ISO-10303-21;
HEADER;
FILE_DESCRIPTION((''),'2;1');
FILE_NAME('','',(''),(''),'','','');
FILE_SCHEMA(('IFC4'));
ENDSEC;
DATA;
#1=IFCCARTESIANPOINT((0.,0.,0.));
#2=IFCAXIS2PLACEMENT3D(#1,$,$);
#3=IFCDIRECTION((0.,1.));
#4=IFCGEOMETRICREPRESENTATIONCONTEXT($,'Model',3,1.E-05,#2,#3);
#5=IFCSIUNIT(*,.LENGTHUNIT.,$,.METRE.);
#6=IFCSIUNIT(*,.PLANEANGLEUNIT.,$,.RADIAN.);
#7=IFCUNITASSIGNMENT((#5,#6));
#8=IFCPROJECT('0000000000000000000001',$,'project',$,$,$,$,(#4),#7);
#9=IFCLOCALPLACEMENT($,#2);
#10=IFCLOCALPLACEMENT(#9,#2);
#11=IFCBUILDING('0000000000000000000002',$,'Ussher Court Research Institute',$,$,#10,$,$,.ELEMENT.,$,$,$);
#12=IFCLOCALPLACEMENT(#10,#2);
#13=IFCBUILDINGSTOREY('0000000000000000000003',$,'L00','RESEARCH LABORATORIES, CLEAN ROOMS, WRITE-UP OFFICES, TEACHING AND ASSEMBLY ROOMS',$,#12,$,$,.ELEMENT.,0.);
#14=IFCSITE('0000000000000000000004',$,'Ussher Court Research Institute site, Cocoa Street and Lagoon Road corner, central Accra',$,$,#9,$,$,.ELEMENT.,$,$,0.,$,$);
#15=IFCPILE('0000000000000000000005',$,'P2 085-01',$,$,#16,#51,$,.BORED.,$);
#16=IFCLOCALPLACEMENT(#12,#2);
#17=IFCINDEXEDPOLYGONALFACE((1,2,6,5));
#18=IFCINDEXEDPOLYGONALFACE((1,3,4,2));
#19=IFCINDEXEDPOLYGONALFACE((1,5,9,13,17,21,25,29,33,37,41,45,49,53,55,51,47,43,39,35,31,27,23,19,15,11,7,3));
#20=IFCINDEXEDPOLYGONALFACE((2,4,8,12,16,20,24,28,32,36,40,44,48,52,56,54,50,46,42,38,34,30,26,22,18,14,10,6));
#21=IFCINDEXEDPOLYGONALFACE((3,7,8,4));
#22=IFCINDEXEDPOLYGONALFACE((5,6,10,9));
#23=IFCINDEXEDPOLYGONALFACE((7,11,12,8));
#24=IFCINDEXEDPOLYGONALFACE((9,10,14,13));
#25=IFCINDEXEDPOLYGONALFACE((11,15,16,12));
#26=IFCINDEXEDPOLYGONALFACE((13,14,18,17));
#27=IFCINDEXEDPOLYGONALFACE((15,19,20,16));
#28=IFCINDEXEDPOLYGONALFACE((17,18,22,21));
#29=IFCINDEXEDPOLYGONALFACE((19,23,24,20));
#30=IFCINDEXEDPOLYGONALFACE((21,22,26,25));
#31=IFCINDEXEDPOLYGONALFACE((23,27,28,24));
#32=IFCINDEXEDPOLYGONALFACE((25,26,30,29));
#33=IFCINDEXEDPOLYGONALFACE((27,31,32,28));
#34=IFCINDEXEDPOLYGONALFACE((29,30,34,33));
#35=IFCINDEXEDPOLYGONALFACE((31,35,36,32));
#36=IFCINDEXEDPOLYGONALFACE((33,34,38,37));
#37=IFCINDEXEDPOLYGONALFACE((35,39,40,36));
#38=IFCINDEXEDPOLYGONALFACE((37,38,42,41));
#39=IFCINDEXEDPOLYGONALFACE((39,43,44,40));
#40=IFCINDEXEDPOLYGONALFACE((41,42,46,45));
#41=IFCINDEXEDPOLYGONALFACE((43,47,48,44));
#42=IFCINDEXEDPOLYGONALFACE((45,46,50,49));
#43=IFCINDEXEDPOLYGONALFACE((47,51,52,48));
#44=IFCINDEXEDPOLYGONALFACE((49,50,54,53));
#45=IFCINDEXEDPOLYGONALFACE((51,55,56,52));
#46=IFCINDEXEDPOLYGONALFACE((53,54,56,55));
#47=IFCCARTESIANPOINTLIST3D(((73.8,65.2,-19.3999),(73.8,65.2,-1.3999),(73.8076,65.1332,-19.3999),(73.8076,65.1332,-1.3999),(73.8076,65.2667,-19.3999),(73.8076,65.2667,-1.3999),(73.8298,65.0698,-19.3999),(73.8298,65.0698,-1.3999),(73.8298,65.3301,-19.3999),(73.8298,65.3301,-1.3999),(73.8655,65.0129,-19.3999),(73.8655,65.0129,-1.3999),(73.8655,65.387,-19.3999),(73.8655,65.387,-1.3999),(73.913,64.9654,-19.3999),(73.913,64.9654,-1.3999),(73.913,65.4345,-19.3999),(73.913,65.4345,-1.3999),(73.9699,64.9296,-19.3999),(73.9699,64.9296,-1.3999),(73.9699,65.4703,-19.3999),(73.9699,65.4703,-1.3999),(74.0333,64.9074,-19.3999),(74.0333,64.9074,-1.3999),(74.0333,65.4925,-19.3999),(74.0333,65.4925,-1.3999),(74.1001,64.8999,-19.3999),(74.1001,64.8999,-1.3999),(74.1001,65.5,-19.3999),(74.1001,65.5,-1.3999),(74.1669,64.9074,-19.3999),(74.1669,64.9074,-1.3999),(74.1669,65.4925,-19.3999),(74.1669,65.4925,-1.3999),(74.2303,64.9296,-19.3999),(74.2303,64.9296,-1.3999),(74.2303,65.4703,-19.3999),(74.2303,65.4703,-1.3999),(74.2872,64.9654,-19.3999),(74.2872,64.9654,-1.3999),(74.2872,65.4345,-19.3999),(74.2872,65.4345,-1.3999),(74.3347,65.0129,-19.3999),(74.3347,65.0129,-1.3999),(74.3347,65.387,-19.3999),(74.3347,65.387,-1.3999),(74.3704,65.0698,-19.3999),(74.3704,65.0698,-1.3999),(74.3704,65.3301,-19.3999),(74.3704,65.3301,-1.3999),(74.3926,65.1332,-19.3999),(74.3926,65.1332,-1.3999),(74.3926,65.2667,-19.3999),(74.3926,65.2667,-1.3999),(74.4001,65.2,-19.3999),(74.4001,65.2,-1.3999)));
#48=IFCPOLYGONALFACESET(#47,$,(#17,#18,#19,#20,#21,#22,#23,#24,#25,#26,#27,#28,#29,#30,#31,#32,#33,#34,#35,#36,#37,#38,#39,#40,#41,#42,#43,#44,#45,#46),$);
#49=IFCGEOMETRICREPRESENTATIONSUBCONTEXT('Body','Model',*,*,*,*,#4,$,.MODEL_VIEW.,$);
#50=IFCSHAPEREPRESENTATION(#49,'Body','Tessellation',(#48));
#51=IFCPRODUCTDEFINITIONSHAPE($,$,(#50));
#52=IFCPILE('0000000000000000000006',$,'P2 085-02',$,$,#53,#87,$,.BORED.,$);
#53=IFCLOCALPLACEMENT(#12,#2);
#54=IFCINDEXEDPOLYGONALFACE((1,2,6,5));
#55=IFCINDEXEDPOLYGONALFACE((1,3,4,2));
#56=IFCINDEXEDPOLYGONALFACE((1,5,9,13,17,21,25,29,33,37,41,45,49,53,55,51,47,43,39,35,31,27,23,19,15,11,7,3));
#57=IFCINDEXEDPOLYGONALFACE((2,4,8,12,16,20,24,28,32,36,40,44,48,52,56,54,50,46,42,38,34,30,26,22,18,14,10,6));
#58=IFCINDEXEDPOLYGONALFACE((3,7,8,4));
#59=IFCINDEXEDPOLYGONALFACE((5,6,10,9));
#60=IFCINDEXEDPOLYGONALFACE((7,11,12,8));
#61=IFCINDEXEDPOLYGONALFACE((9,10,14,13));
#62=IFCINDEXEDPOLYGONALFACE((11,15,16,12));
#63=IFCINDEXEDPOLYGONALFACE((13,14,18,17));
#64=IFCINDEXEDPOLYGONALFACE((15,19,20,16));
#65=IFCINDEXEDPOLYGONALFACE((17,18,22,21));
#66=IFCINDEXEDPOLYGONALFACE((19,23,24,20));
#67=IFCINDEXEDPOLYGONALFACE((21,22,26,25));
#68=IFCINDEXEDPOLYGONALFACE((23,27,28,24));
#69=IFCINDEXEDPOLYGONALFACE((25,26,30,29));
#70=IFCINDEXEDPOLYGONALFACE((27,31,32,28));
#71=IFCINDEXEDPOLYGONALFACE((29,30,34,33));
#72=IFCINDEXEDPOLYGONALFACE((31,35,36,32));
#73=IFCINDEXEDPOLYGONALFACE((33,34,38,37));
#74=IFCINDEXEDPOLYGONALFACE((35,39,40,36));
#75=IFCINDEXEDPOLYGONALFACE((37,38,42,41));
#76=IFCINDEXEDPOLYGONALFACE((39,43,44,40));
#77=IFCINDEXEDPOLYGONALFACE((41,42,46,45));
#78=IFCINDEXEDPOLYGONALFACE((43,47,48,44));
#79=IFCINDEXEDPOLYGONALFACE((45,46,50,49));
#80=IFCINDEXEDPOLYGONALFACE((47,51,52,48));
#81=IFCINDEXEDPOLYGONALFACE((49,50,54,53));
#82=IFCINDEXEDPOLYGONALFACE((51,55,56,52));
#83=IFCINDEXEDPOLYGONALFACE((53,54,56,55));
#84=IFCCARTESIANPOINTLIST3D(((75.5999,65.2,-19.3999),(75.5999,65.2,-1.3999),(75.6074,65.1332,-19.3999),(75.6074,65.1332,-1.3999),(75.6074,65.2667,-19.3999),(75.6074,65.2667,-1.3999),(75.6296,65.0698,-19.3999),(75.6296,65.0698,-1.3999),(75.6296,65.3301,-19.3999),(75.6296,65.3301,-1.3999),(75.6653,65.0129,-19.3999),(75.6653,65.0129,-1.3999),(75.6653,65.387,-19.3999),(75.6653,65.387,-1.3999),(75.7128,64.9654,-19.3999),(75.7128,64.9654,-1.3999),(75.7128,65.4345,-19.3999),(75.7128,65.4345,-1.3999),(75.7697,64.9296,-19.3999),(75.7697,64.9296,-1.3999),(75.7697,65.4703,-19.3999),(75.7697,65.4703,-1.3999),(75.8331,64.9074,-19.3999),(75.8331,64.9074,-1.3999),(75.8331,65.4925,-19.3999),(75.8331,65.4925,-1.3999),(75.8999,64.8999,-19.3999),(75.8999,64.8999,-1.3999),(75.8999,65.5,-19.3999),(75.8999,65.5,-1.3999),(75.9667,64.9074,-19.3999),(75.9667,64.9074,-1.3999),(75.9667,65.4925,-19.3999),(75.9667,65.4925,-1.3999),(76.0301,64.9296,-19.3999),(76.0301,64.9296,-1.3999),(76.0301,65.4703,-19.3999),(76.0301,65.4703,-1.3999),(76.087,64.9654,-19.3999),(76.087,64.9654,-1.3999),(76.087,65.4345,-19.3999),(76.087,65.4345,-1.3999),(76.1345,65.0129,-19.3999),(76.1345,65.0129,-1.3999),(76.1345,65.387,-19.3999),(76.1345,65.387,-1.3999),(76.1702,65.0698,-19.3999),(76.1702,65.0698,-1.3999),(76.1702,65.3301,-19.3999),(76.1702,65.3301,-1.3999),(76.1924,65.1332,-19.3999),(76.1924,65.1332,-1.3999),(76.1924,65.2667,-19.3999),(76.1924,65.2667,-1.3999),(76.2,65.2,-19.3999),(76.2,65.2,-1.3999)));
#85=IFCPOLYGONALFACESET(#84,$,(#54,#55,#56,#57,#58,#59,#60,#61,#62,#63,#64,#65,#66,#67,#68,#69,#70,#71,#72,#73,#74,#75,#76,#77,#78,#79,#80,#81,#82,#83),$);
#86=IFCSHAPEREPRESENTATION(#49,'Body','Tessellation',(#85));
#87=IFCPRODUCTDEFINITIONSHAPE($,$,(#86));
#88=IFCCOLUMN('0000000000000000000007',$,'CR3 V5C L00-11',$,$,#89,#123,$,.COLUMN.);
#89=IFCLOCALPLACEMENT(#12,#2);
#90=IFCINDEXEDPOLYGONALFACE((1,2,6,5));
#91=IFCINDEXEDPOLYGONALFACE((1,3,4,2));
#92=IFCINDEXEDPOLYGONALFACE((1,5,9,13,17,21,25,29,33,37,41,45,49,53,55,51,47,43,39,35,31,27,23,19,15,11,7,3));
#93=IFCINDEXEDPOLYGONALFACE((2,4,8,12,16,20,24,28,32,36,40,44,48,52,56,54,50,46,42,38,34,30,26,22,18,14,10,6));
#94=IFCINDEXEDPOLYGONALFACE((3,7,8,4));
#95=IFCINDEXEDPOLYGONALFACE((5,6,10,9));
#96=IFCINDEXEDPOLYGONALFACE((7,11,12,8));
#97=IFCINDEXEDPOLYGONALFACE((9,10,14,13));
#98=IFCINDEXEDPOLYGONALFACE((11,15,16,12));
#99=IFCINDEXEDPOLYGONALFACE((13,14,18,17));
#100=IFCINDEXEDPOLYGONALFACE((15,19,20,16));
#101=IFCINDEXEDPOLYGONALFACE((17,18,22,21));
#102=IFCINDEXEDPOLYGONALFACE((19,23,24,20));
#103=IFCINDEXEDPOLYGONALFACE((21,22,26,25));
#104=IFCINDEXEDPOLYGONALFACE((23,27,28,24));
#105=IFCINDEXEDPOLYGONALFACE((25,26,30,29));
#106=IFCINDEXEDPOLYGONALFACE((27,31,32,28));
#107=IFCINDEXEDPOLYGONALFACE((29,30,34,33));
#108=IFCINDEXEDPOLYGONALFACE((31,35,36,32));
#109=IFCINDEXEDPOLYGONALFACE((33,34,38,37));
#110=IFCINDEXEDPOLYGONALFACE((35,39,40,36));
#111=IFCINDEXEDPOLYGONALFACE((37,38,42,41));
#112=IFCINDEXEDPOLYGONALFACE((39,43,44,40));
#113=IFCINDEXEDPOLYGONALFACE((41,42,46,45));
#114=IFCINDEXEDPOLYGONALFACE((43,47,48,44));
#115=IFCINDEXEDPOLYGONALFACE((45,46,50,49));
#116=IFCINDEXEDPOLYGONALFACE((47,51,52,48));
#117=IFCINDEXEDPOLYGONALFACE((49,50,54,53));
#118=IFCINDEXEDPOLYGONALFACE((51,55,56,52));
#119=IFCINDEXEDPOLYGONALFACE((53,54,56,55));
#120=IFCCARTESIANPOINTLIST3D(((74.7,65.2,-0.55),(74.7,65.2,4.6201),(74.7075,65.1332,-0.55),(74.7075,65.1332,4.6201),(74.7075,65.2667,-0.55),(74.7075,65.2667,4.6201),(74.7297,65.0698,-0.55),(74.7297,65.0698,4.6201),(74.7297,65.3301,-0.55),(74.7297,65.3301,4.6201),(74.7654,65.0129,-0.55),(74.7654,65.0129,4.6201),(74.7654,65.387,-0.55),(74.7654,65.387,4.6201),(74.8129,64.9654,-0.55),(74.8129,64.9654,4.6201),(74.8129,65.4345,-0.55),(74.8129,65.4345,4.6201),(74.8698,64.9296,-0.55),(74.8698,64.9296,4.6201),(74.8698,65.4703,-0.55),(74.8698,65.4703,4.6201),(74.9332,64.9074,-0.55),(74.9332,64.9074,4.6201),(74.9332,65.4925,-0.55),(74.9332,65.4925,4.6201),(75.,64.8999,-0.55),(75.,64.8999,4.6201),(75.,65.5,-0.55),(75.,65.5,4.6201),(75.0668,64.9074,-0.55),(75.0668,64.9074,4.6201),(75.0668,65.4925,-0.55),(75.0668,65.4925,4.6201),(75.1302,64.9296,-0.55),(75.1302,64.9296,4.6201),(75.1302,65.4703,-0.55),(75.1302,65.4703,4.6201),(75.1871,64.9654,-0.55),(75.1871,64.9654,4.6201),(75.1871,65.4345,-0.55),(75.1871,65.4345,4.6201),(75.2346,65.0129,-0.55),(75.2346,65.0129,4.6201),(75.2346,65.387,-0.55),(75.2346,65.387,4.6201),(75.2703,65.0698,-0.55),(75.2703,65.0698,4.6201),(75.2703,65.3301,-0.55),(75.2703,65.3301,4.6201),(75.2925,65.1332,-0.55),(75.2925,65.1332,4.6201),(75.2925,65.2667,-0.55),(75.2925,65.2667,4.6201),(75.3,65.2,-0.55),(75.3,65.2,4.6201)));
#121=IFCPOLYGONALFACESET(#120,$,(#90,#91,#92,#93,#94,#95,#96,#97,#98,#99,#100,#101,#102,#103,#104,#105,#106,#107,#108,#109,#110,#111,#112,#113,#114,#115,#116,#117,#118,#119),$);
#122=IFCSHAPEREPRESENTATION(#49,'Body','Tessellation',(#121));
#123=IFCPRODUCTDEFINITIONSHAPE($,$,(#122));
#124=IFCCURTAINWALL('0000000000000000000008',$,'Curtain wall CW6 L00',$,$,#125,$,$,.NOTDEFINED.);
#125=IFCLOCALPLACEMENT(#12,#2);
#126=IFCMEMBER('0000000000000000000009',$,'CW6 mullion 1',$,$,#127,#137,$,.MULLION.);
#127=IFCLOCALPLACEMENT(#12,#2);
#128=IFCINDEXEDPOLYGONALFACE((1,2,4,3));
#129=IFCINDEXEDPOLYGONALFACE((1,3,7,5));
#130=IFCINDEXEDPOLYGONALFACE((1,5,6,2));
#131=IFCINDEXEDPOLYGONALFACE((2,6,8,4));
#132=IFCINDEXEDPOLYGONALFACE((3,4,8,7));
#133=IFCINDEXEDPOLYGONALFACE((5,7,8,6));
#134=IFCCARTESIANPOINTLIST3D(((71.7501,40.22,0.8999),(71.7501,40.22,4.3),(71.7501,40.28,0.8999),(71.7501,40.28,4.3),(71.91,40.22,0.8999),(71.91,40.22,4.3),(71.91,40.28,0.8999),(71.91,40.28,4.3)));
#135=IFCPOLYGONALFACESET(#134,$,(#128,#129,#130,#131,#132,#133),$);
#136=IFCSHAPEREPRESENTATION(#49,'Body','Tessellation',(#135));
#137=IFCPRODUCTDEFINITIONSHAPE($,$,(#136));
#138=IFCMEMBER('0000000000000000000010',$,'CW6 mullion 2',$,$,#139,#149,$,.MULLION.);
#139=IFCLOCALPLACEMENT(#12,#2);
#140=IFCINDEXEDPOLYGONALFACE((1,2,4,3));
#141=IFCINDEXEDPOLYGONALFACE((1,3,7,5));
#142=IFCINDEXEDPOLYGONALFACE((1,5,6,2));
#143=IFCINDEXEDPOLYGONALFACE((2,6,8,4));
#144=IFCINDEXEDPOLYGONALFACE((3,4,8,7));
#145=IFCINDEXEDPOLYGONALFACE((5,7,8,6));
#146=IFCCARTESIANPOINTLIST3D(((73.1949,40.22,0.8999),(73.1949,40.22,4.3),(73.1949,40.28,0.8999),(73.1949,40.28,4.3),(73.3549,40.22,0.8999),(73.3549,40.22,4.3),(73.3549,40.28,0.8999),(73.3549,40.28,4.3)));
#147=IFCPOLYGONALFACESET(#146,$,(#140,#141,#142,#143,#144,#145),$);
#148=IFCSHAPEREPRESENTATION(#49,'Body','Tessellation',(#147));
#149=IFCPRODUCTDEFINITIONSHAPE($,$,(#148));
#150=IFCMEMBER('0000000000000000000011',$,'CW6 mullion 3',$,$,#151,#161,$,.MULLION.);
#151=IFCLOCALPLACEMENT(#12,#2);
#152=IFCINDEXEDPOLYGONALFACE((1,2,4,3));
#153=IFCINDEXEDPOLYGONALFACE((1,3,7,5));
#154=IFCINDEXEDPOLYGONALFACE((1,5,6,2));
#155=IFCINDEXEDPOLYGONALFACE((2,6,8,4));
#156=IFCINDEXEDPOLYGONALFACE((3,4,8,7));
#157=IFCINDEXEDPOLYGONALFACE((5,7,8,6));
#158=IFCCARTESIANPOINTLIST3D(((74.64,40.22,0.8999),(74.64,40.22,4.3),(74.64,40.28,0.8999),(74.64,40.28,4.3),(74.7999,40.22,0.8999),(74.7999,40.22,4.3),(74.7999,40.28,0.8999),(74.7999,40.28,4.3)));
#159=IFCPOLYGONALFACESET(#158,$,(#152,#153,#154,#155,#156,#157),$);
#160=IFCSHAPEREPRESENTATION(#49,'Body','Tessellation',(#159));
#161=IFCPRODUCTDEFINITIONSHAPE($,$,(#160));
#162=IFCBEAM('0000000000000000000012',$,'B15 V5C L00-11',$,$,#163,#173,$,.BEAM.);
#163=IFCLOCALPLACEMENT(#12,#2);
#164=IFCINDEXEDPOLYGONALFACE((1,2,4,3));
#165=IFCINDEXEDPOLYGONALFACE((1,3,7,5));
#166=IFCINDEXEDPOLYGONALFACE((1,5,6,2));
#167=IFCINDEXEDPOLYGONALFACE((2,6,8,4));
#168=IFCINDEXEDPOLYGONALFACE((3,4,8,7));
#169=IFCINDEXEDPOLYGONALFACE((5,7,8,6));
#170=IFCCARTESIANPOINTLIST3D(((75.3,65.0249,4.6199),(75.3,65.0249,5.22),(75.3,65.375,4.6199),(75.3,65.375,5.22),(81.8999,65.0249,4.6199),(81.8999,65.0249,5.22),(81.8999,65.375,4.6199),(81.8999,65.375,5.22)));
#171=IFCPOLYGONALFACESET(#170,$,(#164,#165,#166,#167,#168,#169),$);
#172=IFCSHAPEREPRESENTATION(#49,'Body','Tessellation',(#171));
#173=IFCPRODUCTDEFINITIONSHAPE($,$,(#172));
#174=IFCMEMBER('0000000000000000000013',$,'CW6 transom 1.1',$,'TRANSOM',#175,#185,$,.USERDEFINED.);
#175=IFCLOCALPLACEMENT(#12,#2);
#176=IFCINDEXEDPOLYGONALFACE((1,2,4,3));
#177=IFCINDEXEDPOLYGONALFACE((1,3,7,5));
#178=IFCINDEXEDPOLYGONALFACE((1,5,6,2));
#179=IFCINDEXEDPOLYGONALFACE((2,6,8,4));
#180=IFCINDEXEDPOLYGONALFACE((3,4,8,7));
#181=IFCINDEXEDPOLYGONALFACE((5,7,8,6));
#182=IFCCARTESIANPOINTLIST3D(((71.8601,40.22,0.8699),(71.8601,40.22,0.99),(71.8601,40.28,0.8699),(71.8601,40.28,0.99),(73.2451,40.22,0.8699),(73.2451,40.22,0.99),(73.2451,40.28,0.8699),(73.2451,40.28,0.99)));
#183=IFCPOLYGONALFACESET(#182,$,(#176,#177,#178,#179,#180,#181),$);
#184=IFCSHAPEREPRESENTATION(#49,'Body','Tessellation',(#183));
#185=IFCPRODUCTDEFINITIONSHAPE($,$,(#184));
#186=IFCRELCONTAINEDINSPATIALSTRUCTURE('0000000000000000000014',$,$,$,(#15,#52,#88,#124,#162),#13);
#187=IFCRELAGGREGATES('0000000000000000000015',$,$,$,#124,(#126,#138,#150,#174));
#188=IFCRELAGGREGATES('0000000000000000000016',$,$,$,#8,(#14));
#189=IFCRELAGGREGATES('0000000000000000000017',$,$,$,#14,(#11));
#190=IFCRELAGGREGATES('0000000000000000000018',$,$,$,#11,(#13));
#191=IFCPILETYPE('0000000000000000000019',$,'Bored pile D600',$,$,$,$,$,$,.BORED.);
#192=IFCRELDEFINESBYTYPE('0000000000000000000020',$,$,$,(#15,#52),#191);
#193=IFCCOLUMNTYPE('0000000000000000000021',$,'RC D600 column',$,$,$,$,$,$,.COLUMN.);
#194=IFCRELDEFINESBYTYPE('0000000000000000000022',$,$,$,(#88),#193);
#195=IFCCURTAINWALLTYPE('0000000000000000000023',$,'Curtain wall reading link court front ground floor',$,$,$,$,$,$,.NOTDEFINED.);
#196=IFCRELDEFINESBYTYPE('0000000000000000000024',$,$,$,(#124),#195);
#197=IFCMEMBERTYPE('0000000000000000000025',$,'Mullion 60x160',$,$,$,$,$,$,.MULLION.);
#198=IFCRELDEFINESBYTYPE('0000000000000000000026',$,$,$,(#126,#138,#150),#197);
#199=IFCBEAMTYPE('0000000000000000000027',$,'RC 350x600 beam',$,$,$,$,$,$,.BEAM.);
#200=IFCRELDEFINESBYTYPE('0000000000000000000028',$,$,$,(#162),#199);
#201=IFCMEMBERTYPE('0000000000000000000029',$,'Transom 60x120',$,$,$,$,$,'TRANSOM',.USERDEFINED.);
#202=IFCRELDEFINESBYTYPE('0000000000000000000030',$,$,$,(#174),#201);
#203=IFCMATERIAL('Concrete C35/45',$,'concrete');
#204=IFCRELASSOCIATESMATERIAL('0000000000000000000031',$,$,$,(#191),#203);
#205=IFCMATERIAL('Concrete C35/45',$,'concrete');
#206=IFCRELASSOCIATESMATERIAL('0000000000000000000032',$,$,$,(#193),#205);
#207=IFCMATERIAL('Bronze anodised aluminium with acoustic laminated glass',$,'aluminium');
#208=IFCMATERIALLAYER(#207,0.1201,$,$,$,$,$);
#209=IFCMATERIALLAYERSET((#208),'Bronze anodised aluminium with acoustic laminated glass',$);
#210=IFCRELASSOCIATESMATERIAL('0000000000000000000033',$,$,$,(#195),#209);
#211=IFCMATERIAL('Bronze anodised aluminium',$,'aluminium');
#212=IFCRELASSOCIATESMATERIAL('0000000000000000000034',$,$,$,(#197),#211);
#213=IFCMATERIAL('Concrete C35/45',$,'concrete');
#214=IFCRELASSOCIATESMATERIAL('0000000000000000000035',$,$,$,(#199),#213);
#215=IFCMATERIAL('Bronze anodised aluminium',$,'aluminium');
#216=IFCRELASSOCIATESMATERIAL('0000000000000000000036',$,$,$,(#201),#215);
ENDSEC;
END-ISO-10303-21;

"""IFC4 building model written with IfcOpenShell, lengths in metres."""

from ifc_helpers import new_model, si_unit, direction, frame, origin, origin_2d, place, context, subcontext, project, spatial, rectangle, circle, extrude, material, layer, layer_set, material_profile, profile_set, type_object, element, aggregate, save


model = new_model("IFC4")

# Units and contexts
model_context = context("Model", 3, precision=1e-05, world=origin(), true_north=direction((0.0, 1.0)))
body_context = subcontext(model_context, "Body", "Model", "MODEL_VIEW")
ifc_project = project(units=[si_unit("LENGTHUNIT", "METRE"), si_unit("PLANEANGLEUNIT", "RADIAN")], contexts=[model_context])

# Site, building, storey
site_placement = place(None, origin())
site = spatial("IfcSite", under=ifc_project, at=site_placement, Name="Ussher Court Research Institute site, Cocoa Street and Lagoon Road corner, central Accra", CompositionType="ELEMENT", RefElevation=0.0)
building_placement = place(site_placement, origin())
building = spatial("IfcBuilding", under=site, at=building_placement, Name="Ussher Court Research Institute", CompositionType="ELEMENT")
storey_placement = place(building_placement, origin())
storey = spatial("IfcBuildingStorey", under=building, at=storey_placement, Name="L00", Description="RESEARCH LABORATORIES, CLEAN ROOMS, WRITE-UP OFFICES, TEACHING AND ASSEMBLY ROOMS", CompositionType="ELEMENT", Elevation=0.0)

# Piles
ifc_material_1 = material(Name="Concrete C35/45", Category="concrete")
ifc_material_profile_1 = material_profile(ifc_material_1, circle(Radius=0.3, at=origin_2d()), Name="RC D600")
ifc_profile_set_1 = profile_set([ifc_material_profile_1], Name="Concrete C35/45")
pile_type = type_object("IfcPileType", Name="Bored pile D600", PredefinedType="BORED", material=ifc_profile_set_1)
for number, where, z_axis, x_axis, name in (
    (1, (74.1001, 65.2, -1.3999), (0.0, 0.0, -1.0), (1.0, 0.0, 0.0), "P2 085-01"),
    (2, (75.8999, 65.2, -1.3999), (0.0, 0.0, -1.0), (1.0, 0.0, 0.0), "P2 085-02"),
):
    element("IfcPile", number, at=place(storey_placement, frame(where, z_axis=z_axis, x_axis=x_axis)), inside=storey, type_object=pile_type, Name=name, PredefinedType="BORED", context=body_context, shape_type="SweptSolid", body=[
        extrude(circle(Radius=0.3, at=origin_2d()), origin(), (0.0, 0.0, 1.0), 18.0),
    ])

# Column
ifc_material_2 = material(Name="Concrete C35/45", Category="concrete")
ifc_material_profile_2 = material_profile(ifc_material_2, circle(Radius=0.3, at=origin_2d()), Name="RC D600")
ifc_profile_set_2 = profile_set([ifc_material_profile_2], Name="Concrete C35/45")
column_type = type_object("IfcColumnType", Name="RC D600 column", PredefinedType="COLUMN", material=ifc_profile_set_2)
column_placement = place(storey_placement, frame((75.0, 65.2, -0.55), z_axis=(0.0, 0.0, 1.0), x_axis=(1.0, 0.0, 0.0)))
element("IfcColumn", 3, at=column_placement, inside=storey, type_object=column_type, Name="CR3 V5C L00-11", PredefinedType="COLUMN", context=body_context, shape_type="SweptSolid", body=[
    extrude(circle(Radius=0.3, at=origin_2d()), origin(), (0.0, 0.0, 1.0), 5.1702),
])

# Curtain wall, members
ifc_material_3 = material(Name="Bronze anodised aluminium with acoustic laminated glass", Category="aluminium")
ifc_layer_1 = layer(ifc_material_3, 0.1201)
ifc_layer_set_1 = layer_set([ifc_layer_1], Name="Bronze anodised aluminium with acoustic laminated glass")
curtain_wall_type = type_object("IfcCurtainWallType", Name="Curtain wall reading link court front ground floor", PredefinedType="NOTDEFINED", material=ifc_layer_set_1)
curtain_wall_placement = place(storey_placement, origin())
curtain_wall = element("IfcCurtainWall", 4, at=curtain_wall_placement, inside=storey, type_object=curtain_wall_type, Name="Curtain wall CW6 L00", PredefinedType="NOTDEFINED")
ifc_material_4 = material(Name="Bronze anodised aluminium", Category="aluminium")
ifc_material_profile_3 = material_profile(ifc_material_4, rectangle(XDim=0.0601, YDim=0.1599, at=origin_2d()), Name="Mullion 60x160")
ifc_profile_set_3 = profile_set([ifc_material_profile_3], Name="Bronze anodised aluminium")
member_type_1 = type_object("IfcMemberType", Name="Mullion 60x160", PredefinedType="MULLION", material=ifc_profile_set_3)
member_1_placement = place(storey_placement, frame((71.8301, 40.25, 0.8999), z_axis=(0.0, 0.0, 1.0), x_axis=(0.0, 1.0, 0.0)))
member_1 = element("IfcMember", 5, at=member_1_placement, type_object=member_type_1, Name="CW6 mullion 1", PredefinedType="MULLION", context=body_context, shape_type="SweptSolid", body=[
    extrude(rectangle(XDim=0.0601, YDim=0.1599, at=origin_2d()), origin(), (0.0, 0.0, 1.0), 3.4001),
])
member_2_placement = place(storey_placement, frame((73.2749, 40.25, 0.8999), z_axis=(0.0, 0.0, 1.0), x_axis=(0.0, 1.0, 0.0)))
member_2 = element("IfcMember", 6, at=member_2_placement, type_object=member_type_1, Name="CW6 mullion 2", PredefinedType="MULLION", context=body_context, shape_type="SweptSolid", body=[
    extrude(rectangle(XDim=0.0601, YDim=0.1599, at=origin_2d()), origin(), (0.0, 0.0, 1.0), 3.4001),
])
member_3_placement = place(storey_placement, frame((74.72, 40.25, 0.8999), z_axis=(0.0, 0.0, 1.0), x_axis=(0.0, 1.0, 0.0)))
member_3 = element("IfcMember", 7, at=member_3_placement, type_object=member_type_1, Name="CW6 mullion 3", PredefinedType="MULLION", context=body_context, shape_type="SweptSolid", body=[
    extrude(rectangle(XDim=0.0601, YDim=0.1599, at=origin_2d()), origin(), (0.0, 0.0, 1.0), 3.4001),
])

# Beam
ifc_material_5 = material(Name="Concrete C35/45", Category="concrete")
ifc_material_profile_4 = material_profile(ifc_material_5, rectangle(XDim=0.3501, YDim=0.6001, at=origin_2d()), Name="RC 350x600")
ifc_profile_set_4 = profile_set([ifc_material_profile_4], Name="Concrete C35/45")
beam_type = type_object("IfcBeamType", Name="RC 350x600 beam", PredefinedType="BEAM", material=ifc_profile_set_4)
beam_placement = place(storey_placement, frame((75.3, 65.2, 4.9199), z_axis=(1.0, 0.0, 0.0), x_axis=(0.0, 1.0, 0.0)))
element("IfcBeam", 8, at=beam_placement, inside=storey, type_object=beam_type, Name="B15 V5C L00-11", PredefinedType="BEAM", context=body_context, shape_type="SweptSolid", body=[
    extrude(rectangle(XDim=0.3501, YDim=0.6001, at=origin_2d()), origin(), (0.0, 0.0, 1.0), 6.5999),
])

# Member
ifc_material_6 = material(Name="Bronze anodised aluminium", Category="aluminium")
ifc_material_profile_5 = material_profile(ifc_material_6, rectangle(XDim=0.0601, YDim=0.1201, at=origin_2d()), Name="Transom 60x120")
ifc_profile_set_5 = profile_set([ifc_material_profile_5], Name="Bronze anodised aluminium")
member_type_2 = type_object("IfcMemberType", Name="Transom 60x120", ElementType="TRANSOM", PredefinedType="USERDEFINED", material=ifc_profile_set_5)
member_4_placement = place(storey_placement, frame((71.8601, 40.25, 0.9299), z_axis=(1.0, 0.0, 0.0), x_axis=(0.0, 1.0, 0.0)))
member_4 = element("IfcMember", 9, at=member_4_placement, type_object=member_type_2, Name="CW6 transom 1.1", ObjectType="TRANSOM", PredefinedType="USERDEFINED", context=body_context, shape_type="SweptSolid", body=[
    extrude(rectangle(XDim=0.0601, YDim=0.1201, at=origin_2d()), origin(), (0.0, 0.0, 1.0), 1.385),
])

aggregate(curtain_wall, [member_1, member_2, member_3, member_4])

save(model, "model.ifc")
